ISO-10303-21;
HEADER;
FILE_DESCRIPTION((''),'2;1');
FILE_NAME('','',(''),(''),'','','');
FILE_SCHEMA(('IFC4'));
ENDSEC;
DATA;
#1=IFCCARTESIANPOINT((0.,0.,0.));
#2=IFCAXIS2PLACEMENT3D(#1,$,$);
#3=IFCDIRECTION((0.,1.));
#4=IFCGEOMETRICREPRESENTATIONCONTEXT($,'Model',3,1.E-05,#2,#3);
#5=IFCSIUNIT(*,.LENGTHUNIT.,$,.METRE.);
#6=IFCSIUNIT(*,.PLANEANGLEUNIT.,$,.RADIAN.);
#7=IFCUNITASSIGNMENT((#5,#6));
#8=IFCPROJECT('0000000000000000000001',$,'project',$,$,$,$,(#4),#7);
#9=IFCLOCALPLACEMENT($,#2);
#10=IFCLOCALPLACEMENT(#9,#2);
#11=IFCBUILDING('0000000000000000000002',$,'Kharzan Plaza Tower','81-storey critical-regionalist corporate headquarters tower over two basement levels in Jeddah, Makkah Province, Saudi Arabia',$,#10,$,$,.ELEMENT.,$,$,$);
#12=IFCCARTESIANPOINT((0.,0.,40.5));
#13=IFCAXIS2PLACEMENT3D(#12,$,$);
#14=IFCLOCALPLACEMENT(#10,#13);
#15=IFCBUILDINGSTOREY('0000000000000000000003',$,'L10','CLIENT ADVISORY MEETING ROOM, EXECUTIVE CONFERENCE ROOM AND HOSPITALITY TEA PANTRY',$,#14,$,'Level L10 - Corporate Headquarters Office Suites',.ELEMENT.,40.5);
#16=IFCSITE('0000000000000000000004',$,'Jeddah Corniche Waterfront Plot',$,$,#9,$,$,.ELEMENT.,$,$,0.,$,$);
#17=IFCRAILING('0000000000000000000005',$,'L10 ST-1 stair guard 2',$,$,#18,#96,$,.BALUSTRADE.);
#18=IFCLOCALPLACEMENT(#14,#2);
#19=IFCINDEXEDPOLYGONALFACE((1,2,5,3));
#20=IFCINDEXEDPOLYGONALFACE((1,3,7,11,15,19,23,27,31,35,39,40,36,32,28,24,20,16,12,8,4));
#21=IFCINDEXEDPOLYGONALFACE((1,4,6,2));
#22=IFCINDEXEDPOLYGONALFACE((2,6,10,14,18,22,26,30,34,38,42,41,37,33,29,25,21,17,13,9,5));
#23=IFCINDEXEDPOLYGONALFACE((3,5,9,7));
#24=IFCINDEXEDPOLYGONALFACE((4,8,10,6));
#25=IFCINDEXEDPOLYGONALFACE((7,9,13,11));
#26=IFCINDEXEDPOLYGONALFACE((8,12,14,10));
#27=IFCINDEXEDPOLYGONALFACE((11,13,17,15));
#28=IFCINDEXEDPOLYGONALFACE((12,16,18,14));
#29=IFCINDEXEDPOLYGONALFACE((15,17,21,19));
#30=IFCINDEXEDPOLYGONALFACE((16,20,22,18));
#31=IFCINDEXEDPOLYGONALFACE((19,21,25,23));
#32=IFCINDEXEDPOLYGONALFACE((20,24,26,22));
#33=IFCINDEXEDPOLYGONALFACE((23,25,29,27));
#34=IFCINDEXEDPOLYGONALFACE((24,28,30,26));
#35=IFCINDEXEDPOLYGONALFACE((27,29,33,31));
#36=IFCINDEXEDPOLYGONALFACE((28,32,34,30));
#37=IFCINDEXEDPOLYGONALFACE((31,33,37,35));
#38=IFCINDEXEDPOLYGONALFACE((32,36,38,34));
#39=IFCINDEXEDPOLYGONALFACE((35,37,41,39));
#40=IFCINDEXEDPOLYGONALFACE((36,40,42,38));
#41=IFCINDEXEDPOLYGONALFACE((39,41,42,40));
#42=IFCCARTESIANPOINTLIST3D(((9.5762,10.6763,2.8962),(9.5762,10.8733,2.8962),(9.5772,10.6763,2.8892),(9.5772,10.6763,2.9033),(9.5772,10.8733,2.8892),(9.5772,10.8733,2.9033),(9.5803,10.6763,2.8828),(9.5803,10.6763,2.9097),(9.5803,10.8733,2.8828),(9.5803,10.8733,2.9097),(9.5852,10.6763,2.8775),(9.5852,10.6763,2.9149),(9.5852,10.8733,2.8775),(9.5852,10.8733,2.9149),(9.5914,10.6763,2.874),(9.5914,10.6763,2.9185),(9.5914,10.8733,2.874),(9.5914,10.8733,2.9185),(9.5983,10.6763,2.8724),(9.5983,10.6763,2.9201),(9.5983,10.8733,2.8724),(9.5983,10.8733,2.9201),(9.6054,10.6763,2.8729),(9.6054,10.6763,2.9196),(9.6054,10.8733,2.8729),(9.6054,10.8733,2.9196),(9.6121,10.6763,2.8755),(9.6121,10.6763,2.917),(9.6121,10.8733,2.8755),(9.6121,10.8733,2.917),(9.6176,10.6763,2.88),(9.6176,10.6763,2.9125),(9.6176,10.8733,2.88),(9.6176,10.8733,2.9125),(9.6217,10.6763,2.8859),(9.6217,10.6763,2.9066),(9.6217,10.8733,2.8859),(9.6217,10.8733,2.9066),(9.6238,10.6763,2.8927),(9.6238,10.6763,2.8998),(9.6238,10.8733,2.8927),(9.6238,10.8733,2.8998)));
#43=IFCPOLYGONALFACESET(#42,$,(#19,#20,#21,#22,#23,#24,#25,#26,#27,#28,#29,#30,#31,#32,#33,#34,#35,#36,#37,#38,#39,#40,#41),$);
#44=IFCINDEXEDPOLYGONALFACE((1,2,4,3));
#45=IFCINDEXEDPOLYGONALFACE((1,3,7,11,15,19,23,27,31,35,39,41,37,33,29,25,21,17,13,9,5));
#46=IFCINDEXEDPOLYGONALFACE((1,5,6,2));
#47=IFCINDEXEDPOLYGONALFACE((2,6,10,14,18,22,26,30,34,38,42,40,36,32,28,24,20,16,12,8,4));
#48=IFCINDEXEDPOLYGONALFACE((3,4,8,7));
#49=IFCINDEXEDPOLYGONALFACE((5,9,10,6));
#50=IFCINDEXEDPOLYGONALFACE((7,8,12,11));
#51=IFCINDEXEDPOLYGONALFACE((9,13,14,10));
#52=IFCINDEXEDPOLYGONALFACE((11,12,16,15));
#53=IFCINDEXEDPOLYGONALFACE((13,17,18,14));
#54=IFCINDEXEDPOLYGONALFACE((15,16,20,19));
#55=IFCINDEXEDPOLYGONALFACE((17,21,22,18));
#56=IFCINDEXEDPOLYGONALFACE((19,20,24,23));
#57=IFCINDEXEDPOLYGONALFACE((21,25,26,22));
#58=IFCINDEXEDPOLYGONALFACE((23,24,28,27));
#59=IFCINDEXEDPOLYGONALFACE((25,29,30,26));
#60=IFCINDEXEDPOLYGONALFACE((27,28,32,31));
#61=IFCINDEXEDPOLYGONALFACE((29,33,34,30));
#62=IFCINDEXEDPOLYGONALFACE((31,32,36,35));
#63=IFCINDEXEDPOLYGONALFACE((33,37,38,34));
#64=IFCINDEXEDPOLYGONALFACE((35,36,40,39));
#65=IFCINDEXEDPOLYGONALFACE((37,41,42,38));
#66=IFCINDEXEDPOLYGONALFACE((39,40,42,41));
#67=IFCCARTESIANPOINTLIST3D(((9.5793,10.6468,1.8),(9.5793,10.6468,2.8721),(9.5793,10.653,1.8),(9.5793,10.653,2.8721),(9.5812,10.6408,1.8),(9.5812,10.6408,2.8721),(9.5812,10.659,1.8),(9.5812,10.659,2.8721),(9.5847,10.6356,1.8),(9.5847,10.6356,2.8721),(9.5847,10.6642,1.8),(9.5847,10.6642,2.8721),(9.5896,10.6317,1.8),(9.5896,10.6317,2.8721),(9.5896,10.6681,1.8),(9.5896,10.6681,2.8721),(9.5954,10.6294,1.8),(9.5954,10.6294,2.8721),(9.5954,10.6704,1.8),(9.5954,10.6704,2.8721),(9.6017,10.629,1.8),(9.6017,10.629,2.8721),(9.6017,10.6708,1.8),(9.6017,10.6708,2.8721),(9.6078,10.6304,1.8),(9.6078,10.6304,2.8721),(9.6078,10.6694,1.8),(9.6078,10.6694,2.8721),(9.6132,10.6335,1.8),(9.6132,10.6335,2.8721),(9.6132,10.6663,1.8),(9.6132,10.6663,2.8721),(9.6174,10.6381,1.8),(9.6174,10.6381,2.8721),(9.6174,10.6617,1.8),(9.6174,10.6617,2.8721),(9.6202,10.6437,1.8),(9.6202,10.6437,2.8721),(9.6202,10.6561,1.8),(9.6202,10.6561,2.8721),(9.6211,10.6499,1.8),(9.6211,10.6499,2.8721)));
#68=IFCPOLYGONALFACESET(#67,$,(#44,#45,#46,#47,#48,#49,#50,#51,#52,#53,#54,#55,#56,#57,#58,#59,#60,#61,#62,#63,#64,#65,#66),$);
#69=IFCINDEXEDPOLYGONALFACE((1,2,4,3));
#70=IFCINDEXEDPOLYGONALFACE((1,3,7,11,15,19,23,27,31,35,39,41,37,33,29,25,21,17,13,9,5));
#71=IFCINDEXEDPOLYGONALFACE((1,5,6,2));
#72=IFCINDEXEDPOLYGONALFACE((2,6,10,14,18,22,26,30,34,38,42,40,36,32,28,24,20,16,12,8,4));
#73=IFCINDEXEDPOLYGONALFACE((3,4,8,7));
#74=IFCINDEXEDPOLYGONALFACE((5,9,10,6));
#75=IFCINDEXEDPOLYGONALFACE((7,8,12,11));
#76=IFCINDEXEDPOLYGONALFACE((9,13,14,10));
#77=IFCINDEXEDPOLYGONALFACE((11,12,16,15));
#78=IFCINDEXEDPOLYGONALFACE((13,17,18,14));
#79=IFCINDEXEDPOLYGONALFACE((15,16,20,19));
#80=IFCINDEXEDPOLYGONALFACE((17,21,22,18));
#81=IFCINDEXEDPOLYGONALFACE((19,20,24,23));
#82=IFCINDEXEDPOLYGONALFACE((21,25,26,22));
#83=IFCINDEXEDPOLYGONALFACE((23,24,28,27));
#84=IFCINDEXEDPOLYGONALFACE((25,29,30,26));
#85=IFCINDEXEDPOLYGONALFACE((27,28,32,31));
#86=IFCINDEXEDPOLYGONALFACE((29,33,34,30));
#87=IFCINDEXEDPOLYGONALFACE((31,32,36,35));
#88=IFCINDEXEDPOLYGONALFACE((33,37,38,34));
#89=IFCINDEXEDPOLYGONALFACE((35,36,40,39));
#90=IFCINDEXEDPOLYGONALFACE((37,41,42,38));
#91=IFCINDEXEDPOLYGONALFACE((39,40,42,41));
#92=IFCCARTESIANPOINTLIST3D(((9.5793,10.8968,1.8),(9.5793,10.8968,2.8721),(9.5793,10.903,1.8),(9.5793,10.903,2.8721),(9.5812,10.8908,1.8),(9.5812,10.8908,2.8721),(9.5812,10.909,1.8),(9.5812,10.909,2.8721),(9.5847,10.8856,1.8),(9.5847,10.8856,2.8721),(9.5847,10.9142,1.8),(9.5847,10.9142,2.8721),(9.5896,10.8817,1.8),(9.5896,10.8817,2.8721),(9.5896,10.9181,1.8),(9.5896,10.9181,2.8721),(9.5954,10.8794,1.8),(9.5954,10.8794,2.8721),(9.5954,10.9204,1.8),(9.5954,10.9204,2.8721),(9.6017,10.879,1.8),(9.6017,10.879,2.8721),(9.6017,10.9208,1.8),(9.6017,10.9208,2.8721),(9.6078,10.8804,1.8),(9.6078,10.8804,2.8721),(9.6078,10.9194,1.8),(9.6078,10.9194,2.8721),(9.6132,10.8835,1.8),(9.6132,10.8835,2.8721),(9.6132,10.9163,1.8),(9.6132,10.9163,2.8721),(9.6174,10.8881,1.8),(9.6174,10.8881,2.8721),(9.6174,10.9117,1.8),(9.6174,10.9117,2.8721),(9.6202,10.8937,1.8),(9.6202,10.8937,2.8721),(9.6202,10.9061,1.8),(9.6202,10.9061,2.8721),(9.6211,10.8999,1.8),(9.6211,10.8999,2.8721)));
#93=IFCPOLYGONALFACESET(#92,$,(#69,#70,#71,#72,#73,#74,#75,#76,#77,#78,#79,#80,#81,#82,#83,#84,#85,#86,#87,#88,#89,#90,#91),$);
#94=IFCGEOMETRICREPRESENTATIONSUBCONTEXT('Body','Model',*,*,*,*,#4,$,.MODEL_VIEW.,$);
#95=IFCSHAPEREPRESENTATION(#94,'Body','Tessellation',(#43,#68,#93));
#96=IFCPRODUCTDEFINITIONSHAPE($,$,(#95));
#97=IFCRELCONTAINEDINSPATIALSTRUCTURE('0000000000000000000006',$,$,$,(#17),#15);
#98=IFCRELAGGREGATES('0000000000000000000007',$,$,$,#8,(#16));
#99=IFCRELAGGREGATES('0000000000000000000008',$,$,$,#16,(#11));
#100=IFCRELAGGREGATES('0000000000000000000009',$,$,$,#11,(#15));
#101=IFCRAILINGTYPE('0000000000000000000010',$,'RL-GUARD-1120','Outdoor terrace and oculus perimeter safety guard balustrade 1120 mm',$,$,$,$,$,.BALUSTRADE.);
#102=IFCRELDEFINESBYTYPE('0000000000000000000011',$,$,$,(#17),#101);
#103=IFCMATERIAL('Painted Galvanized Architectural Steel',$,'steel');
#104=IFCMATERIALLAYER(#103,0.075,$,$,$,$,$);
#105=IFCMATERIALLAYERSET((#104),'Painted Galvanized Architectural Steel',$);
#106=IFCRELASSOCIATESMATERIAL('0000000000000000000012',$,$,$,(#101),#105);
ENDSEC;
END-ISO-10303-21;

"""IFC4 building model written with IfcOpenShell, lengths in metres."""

from ifc_helpers import new_model, si_unit, direction, frame, origin, origin_2d, place, context, subcontext, project, spatial, circle, extrude, source, transform, mapped, material, layer, layer_set, type_object, element, save


model = new_model("IFC4")

# Units and contexts
model_context = context("Model", 3, precision=1e-05, world=origin(), true_north=direction((0.0, 1.0)))
body_context = subcontext(model_context, "Body", "Model", "MODEL_VIEW")
ifc_project = project(units=[si_unit("LENGTHUNIT", "METRE"), si_unit("PLANEANGLEUNIT", "RADIAN")], contexts=[model_context])

# Site, building, storey
site_placement = place(None, origin())
site = spatial("IfcSite", under=ifc_project, at=site_placement, Name="Jeddah Corniche Waterfront Plot", CompositionType="ELEMENT", RefElevation=0.0)
building_placement = place(site_placement, origin())
building = spatial("IfcBuilding", under=site, at=building_placement, Name="Kharzan Plaza Tower", Description="81-storey critical-regionalist corporate headquarters tower over two basement levels in Jeddah, Makkah Province, Saudi Arabia", CompositionType="ELEMENT")
storey_placement = place(building_placement, frame((0.0, 0.0, 40.5)))
storey = spatial("IfcBuildingStorey", under=building, at=storey_placement, Name="L10", Description="CLIENT ADVISORY MEETING ROOM, EXECUTIVE CONFERENCE ROOM AND HOSPITALITY TEA PANTRY", LongName="Level L10 - Corporate Headquarters Office Suites", CompositionType="ELEMENT", Elevation=40.5)

# Railing
ifc_material_1 = material(Name="Painted Galvanized Architectural Steel", Category="steel")
ifc_layer_1 = layer(ifc_material_1, 0.075)
ifc_layer_set_1 = layer_set([ifc_layer_1], Name="Painted Galvanized Architectural Steel")
railing_type_1 = type_object("IfcRailingType", Name="RL-GUARD-1120", Description="Outdoor terrace and oculus perimeter safety guard balustrade 1120 mm", PredefinedType="BALUSTRADE", material=ifc_layer_set_1)
shared_shape_1 = source(origin(), body_context, "Body", "SweptSolid", [
    extrude(circle(Radius=0.0239, at=origin_2d()), frame((0.0, 0.0264, 1.0962), z_axis=(0.0, 1.0, 0.0), x_axis=(-1.0, 0.0, 0.0)), (0.0, 0.0, 1.0), 0.197),
    extrude(circle(Radius=0.021, at=origin_2d()), origin(), (0.0, 0.0, 1.0), 1.072),
    extrude(circle(Radius=0.021, at=origin_2d()), frame((0.0, 0.25, 0.0)), (0.0, 0.0, 1.0), 1.072),
])
railing_1_placement = place(storey_placement, frame((9.6001, 10.6499, 1.8)))
element("IfcRailing", 1, at=railing_1_placement, inside=storey, type_object=railing_type_1, Name="L10 ST-1 stair guard 2", PredefinedType="BALUSTRADE", context=body_context, shape_type="MappedRepresentation", body=[
    mapped(shared_shape_1, transform((0.0, 0.0, 0.0), x_axis=(1.0, 0.0, 0.0), y_axis=(0.0, 1.0, 0.0), z_axis=(0.0, 0.0, 1.0))),
])

save(model, "model.ifc")
